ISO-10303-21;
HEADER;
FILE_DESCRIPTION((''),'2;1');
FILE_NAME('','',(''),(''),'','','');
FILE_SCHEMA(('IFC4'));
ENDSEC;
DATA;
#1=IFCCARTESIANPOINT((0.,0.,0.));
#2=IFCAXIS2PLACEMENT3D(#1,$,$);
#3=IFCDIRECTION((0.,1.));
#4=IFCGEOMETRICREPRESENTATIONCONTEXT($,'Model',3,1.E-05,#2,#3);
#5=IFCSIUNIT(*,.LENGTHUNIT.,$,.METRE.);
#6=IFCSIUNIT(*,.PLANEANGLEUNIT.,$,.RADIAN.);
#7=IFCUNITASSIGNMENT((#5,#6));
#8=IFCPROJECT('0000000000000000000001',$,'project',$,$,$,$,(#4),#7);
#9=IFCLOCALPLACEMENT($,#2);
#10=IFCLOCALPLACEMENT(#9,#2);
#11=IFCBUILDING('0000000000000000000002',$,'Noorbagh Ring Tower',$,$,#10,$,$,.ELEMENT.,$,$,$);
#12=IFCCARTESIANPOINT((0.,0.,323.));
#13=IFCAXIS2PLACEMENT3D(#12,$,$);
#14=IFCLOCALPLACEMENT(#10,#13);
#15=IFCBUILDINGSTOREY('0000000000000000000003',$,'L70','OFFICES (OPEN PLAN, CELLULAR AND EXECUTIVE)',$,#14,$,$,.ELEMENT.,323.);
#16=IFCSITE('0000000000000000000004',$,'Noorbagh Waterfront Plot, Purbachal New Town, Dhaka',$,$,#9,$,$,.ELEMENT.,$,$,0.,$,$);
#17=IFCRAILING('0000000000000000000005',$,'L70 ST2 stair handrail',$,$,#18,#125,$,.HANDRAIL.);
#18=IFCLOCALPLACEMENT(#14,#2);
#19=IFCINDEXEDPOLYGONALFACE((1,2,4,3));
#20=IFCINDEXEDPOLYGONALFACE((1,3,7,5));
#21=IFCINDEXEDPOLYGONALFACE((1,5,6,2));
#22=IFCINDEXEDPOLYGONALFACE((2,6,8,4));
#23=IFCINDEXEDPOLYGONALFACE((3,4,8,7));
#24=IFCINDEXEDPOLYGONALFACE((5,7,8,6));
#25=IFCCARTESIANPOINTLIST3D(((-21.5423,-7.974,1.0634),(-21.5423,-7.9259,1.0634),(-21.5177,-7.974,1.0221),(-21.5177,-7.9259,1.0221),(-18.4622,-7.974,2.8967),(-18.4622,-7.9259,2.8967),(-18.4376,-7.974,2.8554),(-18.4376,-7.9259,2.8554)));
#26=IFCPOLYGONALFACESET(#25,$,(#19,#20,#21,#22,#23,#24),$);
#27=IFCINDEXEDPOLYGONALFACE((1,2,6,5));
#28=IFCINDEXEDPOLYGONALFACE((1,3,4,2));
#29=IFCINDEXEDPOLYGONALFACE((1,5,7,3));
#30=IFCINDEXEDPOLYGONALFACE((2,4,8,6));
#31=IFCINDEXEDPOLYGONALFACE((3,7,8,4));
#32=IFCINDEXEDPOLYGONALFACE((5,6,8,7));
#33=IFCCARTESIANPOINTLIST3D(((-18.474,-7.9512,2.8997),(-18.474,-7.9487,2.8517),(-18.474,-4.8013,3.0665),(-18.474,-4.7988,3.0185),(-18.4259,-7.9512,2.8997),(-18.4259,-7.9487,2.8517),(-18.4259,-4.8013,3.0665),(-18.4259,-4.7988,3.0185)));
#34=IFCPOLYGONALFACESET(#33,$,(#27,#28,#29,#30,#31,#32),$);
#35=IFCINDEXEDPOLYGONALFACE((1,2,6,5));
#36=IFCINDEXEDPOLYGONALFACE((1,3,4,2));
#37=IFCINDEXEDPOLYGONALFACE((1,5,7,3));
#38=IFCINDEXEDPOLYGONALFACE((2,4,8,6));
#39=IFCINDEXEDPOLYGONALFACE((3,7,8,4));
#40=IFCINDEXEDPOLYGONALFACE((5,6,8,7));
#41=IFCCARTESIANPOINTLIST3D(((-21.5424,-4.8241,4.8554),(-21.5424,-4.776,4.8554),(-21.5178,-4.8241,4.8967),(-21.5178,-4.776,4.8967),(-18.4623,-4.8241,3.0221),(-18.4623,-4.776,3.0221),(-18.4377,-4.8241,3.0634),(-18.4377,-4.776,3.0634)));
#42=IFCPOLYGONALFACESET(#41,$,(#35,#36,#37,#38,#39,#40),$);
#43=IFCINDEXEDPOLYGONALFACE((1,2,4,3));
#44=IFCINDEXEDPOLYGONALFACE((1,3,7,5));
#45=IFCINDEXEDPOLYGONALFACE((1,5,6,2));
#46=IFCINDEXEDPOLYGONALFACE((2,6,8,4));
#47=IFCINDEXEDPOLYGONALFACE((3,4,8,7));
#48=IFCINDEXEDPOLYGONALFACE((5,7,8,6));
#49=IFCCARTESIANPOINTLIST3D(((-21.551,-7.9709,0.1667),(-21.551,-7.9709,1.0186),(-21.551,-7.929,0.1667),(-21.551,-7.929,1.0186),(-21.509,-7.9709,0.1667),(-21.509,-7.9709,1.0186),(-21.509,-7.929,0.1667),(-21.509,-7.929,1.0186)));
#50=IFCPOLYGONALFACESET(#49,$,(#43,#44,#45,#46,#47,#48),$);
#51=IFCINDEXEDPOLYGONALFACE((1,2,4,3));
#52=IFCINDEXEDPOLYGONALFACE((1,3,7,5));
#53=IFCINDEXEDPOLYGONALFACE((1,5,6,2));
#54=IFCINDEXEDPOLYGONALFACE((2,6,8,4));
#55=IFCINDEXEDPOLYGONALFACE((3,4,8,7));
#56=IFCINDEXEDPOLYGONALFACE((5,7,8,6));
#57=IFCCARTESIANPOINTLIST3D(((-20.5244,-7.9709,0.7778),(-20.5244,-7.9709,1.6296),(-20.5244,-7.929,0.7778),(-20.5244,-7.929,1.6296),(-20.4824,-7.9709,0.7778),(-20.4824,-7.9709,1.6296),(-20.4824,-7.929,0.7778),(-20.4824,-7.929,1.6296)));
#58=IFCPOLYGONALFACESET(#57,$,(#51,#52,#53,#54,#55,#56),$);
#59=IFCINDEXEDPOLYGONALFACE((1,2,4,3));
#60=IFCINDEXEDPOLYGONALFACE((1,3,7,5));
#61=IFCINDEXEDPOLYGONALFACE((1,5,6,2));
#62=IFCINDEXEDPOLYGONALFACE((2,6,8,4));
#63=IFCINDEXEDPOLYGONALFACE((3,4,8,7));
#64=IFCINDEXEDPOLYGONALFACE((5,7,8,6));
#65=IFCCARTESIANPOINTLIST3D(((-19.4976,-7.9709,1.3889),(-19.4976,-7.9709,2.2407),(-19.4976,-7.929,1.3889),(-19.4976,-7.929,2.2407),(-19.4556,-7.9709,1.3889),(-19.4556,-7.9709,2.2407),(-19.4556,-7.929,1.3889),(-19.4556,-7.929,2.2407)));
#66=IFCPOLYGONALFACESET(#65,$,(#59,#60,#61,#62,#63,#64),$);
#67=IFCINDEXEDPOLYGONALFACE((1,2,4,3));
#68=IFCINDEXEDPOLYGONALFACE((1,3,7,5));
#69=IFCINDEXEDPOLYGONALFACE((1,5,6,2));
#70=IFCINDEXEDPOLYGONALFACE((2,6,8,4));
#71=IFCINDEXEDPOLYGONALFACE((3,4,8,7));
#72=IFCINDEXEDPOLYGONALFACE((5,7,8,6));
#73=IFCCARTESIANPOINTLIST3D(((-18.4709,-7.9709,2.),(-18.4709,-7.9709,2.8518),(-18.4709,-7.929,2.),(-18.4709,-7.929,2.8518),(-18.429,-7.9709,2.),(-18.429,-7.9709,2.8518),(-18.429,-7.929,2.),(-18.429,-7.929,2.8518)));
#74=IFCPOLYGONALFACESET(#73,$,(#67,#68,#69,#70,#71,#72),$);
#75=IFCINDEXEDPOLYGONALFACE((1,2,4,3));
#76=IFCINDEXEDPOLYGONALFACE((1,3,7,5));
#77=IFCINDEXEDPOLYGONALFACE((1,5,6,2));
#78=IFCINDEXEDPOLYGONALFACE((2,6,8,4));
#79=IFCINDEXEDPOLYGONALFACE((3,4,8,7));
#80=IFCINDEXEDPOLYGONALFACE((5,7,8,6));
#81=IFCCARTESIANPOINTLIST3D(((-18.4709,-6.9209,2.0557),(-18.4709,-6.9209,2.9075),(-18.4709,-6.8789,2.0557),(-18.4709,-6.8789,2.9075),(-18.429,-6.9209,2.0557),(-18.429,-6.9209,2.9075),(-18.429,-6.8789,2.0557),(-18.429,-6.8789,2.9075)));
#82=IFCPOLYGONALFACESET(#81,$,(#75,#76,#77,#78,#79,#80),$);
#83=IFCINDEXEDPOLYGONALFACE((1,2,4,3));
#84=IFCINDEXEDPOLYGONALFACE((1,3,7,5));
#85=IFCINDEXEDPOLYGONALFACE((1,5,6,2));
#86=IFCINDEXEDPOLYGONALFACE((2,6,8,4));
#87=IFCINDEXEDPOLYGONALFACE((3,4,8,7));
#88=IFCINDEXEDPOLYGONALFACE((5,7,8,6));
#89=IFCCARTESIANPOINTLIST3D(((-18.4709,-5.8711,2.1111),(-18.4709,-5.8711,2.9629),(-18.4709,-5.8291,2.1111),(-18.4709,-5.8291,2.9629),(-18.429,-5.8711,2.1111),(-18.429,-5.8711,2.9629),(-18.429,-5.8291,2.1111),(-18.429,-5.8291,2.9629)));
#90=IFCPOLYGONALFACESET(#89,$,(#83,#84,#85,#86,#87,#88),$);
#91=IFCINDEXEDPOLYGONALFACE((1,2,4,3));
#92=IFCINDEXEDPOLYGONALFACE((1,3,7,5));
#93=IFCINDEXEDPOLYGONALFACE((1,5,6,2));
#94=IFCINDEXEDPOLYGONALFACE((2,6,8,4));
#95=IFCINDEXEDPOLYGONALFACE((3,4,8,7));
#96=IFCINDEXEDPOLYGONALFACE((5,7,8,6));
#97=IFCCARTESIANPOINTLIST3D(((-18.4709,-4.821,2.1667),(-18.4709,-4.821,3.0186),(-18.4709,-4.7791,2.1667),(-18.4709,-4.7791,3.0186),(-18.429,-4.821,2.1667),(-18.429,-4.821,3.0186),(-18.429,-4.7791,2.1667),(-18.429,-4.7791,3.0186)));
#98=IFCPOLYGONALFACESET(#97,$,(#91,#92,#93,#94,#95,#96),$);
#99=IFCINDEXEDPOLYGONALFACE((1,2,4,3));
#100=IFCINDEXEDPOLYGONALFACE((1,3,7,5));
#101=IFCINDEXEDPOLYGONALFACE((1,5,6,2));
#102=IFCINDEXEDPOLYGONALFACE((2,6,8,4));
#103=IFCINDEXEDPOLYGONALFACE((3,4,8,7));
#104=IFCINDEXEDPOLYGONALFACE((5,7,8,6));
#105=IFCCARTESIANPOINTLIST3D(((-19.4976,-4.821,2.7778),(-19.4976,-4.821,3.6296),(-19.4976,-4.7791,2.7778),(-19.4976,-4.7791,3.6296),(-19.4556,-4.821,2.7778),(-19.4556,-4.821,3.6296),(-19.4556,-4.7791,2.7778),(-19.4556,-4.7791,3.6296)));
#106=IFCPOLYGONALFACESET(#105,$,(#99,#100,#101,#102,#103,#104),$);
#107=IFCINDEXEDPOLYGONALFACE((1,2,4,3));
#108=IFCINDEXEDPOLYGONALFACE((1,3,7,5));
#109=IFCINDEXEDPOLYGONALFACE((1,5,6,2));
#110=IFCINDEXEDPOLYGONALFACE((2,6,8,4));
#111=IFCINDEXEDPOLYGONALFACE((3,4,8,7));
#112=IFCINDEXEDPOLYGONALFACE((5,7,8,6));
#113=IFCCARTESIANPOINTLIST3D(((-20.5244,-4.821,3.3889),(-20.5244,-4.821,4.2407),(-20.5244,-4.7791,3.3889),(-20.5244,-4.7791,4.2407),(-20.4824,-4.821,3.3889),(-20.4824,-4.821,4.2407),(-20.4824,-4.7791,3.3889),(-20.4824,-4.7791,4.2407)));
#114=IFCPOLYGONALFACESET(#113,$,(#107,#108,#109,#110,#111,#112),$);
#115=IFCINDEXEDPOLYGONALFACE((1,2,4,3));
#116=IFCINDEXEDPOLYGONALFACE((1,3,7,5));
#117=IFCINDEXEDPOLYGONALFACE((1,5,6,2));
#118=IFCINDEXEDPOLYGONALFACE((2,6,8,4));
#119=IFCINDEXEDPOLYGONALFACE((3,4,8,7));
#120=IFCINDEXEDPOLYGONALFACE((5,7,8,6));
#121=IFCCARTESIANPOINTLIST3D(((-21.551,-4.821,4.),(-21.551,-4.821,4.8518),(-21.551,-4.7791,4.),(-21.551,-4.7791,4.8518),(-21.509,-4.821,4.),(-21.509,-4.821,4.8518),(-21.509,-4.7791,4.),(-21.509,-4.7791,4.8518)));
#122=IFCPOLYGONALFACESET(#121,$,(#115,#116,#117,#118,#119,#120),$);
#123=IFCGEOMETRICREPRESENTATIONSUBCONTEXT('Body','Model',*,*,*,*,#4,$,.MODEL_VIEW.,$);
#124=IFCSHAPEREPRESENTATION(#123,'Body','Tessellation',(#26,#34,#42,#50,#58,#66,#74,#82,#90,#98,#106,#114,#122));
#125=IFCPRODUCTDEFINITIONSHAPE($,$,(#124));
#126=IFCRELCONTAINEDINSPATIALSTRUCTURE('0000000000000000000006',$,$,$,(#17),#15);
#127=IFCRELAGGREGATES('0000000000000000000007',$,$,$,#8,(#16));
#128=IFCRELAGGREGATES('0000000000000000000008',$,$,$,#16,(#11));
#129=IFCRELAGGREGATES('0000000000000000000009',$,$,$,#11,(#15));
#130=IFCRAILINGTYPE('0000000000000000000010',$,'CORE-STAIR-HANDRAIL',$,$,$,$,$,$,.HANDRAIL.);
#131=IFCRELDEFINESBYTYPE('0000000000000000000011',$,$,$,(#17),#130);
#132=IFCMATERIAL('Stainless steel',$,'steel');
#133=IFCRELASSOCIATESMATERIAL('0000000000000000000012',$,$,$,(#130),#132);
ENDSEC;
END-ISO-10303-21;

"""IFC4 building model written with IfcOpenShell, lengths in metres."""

from ifc_helpers import new_model, si_unit, direction, frame, origin, origin_2d, place, context, subcontext, project, spatial, rectangle, extrude, material, type_object, element, save


model = new_model("IFC4")

# Units and contexts
model_context = context("Model", 3, precision=1e-05, world=origin(), true_north=direction((0.0, 1.0)))
body_context = subcontext(model_context, "Body", "Model", "MODEL_VIEW")
ifc_project = project(units=[si_unit("LENGTHUNIT", "METRE"), si_unit("PLANEANGLEUNIT", "RADIAN")], contexts=[model_context])

# Site, building, storey
site_placement = place(None, origin())
site = spatial("IfcSite", under=ifc_project, at=site_placement, Name="Noorbagh Waterfront Plot, Purbachal New Town, Dhaka", CompositionType="ELEMENT", RefElevation=0.0)
building_placement = place(site_placement, origin())
building = spatial("IfcBuilding", under=site, at=building_placement, Name="Noorbagh Ring Tower", CompositionType="ELEMENT")
storey_placement = place(building_placement, frame((0.0, 0.0, 323.0)))
storey = spatial("IfcBuildingStorey", under=building, at=storey_placement, Name="L70", Description="OFFICES (OPEN PLAN, CELLULAR AND EXECUTIVE)", CompositionType="ELEMENT", Elevation=323.0)

# Railing
ifc_material_1 = material(Name="Stainless steel", Category="steel")
railing_type_1 = type_object("IfcRailingType", Name="CORE-STAIR-HANDRAIL", PredefinedType="HANDRAIL", material=ifc_material_1)
railing_1_placement = place(storey_placement, frame((-21.53, -7.95, 0.1667)))
element("IfcRailing", 1, at=railing_1_placement, inside=storey, type_object=railing_type_1, Name="L70 ST2 stair handrail", PredefinedType="HANDRAIL", context=body_context, shape_type="SweptSolid", body=[
    extrude(rectangle(XDim=0.0481, YDim=0.0481, at=origin_2d()), frame((0.0, 0.0, 0.876), z_axis=(0.859309, 0.0, 0.511458), x_axis=(0.0, 1.0, 0.0)), (0.0, 0.0, 1.0), 3.5845),
    extrude(rectangle(XDim=0.0481, YDim=0.0481, at=origin_2d()), frame((3.0801, 0.0, 2.709), z_axis=(0.0, 0.998602, 0.052864), x_axis=(-1.0, 0.0, 0.0)), (0.0, 0.0, 1.0), 3.1543),
    extrude(rectangle(XDim=0.0481, YDim=0.0481, at=origin_2d()), frame((3.0801, 3.1499, 2.876), z_axis=(-0.859309, 0.0, 0.511458), x_axis=(0.0, -1.0, 0.0)), (0.0, 0.0, 1.0), 3.5845),
    extrude(rectangle(XDim=0.042, YDim=0.042, at=origin_2d()), origin(), (0.0, 0.0, 1.0), 0.8518),
    extrude(rectangle(XDim=0.042, YDim=0.042, at=origin_2d()), frame((1.0266, 0.0, 0.6111)), (0.0, 0.0, 1.0), 0.8518),
    extrude(rectangle(XDim=0.042, YDim=0.042, at=origin_2d()), frame((2.0535, 0.0, 1.2222)), (0.0, 0.0, 1.0), 0.8518),
    extrude(rectangle(XDim=0.042, YDim=0.042, at=origin_2d()), frame((3.0801, 0.0, 1.8333)), (0.0, 0.0, 1.0), 0.8518),
    extrude(rectangle(XDim=0.042, YDim=0.042, at=origin_2d()), frame((3.0801, 1.05, 1.8889)), (0.0, 0.0, 1.0), 0.8518),
    extrude(rectangle(XDim=0.042, YDim=0.042, at=origin_2d()), frame((3.0801, 2.0999, 1.9443)), (0.0, 0.0, 1.0), 0.8518),
    extrude(rectangle(XDim=0.042, YDim=0.042, at=origin_2d()), frame((3.0801, 3.1499, 2.0)), (0.0, 0.0, 1.0), 0.8518),
    extrude(rectangle(XDim=0.042, YDim=0.042, at=origin_2d()), frame((2.0535, 3.1499, 2.6111)), (0.0, 0.0, 1.0), 0.8518),
    extrude(rectangle(XDim=0.042, YDim=0.042, at=origin_2d()), frame((1.0266, 3.1499, 3.2222)), (0.0, 0.0, 1.0), 0.8518),
    extrude(rectangle(XDim=0.042, YDim=0.042, at=origin_2d()), frame((0.0, 3.1499, 3.8333)), (0.0, 0.0, 1.0), 0.8518),
])

save(model, "model.ifc")
